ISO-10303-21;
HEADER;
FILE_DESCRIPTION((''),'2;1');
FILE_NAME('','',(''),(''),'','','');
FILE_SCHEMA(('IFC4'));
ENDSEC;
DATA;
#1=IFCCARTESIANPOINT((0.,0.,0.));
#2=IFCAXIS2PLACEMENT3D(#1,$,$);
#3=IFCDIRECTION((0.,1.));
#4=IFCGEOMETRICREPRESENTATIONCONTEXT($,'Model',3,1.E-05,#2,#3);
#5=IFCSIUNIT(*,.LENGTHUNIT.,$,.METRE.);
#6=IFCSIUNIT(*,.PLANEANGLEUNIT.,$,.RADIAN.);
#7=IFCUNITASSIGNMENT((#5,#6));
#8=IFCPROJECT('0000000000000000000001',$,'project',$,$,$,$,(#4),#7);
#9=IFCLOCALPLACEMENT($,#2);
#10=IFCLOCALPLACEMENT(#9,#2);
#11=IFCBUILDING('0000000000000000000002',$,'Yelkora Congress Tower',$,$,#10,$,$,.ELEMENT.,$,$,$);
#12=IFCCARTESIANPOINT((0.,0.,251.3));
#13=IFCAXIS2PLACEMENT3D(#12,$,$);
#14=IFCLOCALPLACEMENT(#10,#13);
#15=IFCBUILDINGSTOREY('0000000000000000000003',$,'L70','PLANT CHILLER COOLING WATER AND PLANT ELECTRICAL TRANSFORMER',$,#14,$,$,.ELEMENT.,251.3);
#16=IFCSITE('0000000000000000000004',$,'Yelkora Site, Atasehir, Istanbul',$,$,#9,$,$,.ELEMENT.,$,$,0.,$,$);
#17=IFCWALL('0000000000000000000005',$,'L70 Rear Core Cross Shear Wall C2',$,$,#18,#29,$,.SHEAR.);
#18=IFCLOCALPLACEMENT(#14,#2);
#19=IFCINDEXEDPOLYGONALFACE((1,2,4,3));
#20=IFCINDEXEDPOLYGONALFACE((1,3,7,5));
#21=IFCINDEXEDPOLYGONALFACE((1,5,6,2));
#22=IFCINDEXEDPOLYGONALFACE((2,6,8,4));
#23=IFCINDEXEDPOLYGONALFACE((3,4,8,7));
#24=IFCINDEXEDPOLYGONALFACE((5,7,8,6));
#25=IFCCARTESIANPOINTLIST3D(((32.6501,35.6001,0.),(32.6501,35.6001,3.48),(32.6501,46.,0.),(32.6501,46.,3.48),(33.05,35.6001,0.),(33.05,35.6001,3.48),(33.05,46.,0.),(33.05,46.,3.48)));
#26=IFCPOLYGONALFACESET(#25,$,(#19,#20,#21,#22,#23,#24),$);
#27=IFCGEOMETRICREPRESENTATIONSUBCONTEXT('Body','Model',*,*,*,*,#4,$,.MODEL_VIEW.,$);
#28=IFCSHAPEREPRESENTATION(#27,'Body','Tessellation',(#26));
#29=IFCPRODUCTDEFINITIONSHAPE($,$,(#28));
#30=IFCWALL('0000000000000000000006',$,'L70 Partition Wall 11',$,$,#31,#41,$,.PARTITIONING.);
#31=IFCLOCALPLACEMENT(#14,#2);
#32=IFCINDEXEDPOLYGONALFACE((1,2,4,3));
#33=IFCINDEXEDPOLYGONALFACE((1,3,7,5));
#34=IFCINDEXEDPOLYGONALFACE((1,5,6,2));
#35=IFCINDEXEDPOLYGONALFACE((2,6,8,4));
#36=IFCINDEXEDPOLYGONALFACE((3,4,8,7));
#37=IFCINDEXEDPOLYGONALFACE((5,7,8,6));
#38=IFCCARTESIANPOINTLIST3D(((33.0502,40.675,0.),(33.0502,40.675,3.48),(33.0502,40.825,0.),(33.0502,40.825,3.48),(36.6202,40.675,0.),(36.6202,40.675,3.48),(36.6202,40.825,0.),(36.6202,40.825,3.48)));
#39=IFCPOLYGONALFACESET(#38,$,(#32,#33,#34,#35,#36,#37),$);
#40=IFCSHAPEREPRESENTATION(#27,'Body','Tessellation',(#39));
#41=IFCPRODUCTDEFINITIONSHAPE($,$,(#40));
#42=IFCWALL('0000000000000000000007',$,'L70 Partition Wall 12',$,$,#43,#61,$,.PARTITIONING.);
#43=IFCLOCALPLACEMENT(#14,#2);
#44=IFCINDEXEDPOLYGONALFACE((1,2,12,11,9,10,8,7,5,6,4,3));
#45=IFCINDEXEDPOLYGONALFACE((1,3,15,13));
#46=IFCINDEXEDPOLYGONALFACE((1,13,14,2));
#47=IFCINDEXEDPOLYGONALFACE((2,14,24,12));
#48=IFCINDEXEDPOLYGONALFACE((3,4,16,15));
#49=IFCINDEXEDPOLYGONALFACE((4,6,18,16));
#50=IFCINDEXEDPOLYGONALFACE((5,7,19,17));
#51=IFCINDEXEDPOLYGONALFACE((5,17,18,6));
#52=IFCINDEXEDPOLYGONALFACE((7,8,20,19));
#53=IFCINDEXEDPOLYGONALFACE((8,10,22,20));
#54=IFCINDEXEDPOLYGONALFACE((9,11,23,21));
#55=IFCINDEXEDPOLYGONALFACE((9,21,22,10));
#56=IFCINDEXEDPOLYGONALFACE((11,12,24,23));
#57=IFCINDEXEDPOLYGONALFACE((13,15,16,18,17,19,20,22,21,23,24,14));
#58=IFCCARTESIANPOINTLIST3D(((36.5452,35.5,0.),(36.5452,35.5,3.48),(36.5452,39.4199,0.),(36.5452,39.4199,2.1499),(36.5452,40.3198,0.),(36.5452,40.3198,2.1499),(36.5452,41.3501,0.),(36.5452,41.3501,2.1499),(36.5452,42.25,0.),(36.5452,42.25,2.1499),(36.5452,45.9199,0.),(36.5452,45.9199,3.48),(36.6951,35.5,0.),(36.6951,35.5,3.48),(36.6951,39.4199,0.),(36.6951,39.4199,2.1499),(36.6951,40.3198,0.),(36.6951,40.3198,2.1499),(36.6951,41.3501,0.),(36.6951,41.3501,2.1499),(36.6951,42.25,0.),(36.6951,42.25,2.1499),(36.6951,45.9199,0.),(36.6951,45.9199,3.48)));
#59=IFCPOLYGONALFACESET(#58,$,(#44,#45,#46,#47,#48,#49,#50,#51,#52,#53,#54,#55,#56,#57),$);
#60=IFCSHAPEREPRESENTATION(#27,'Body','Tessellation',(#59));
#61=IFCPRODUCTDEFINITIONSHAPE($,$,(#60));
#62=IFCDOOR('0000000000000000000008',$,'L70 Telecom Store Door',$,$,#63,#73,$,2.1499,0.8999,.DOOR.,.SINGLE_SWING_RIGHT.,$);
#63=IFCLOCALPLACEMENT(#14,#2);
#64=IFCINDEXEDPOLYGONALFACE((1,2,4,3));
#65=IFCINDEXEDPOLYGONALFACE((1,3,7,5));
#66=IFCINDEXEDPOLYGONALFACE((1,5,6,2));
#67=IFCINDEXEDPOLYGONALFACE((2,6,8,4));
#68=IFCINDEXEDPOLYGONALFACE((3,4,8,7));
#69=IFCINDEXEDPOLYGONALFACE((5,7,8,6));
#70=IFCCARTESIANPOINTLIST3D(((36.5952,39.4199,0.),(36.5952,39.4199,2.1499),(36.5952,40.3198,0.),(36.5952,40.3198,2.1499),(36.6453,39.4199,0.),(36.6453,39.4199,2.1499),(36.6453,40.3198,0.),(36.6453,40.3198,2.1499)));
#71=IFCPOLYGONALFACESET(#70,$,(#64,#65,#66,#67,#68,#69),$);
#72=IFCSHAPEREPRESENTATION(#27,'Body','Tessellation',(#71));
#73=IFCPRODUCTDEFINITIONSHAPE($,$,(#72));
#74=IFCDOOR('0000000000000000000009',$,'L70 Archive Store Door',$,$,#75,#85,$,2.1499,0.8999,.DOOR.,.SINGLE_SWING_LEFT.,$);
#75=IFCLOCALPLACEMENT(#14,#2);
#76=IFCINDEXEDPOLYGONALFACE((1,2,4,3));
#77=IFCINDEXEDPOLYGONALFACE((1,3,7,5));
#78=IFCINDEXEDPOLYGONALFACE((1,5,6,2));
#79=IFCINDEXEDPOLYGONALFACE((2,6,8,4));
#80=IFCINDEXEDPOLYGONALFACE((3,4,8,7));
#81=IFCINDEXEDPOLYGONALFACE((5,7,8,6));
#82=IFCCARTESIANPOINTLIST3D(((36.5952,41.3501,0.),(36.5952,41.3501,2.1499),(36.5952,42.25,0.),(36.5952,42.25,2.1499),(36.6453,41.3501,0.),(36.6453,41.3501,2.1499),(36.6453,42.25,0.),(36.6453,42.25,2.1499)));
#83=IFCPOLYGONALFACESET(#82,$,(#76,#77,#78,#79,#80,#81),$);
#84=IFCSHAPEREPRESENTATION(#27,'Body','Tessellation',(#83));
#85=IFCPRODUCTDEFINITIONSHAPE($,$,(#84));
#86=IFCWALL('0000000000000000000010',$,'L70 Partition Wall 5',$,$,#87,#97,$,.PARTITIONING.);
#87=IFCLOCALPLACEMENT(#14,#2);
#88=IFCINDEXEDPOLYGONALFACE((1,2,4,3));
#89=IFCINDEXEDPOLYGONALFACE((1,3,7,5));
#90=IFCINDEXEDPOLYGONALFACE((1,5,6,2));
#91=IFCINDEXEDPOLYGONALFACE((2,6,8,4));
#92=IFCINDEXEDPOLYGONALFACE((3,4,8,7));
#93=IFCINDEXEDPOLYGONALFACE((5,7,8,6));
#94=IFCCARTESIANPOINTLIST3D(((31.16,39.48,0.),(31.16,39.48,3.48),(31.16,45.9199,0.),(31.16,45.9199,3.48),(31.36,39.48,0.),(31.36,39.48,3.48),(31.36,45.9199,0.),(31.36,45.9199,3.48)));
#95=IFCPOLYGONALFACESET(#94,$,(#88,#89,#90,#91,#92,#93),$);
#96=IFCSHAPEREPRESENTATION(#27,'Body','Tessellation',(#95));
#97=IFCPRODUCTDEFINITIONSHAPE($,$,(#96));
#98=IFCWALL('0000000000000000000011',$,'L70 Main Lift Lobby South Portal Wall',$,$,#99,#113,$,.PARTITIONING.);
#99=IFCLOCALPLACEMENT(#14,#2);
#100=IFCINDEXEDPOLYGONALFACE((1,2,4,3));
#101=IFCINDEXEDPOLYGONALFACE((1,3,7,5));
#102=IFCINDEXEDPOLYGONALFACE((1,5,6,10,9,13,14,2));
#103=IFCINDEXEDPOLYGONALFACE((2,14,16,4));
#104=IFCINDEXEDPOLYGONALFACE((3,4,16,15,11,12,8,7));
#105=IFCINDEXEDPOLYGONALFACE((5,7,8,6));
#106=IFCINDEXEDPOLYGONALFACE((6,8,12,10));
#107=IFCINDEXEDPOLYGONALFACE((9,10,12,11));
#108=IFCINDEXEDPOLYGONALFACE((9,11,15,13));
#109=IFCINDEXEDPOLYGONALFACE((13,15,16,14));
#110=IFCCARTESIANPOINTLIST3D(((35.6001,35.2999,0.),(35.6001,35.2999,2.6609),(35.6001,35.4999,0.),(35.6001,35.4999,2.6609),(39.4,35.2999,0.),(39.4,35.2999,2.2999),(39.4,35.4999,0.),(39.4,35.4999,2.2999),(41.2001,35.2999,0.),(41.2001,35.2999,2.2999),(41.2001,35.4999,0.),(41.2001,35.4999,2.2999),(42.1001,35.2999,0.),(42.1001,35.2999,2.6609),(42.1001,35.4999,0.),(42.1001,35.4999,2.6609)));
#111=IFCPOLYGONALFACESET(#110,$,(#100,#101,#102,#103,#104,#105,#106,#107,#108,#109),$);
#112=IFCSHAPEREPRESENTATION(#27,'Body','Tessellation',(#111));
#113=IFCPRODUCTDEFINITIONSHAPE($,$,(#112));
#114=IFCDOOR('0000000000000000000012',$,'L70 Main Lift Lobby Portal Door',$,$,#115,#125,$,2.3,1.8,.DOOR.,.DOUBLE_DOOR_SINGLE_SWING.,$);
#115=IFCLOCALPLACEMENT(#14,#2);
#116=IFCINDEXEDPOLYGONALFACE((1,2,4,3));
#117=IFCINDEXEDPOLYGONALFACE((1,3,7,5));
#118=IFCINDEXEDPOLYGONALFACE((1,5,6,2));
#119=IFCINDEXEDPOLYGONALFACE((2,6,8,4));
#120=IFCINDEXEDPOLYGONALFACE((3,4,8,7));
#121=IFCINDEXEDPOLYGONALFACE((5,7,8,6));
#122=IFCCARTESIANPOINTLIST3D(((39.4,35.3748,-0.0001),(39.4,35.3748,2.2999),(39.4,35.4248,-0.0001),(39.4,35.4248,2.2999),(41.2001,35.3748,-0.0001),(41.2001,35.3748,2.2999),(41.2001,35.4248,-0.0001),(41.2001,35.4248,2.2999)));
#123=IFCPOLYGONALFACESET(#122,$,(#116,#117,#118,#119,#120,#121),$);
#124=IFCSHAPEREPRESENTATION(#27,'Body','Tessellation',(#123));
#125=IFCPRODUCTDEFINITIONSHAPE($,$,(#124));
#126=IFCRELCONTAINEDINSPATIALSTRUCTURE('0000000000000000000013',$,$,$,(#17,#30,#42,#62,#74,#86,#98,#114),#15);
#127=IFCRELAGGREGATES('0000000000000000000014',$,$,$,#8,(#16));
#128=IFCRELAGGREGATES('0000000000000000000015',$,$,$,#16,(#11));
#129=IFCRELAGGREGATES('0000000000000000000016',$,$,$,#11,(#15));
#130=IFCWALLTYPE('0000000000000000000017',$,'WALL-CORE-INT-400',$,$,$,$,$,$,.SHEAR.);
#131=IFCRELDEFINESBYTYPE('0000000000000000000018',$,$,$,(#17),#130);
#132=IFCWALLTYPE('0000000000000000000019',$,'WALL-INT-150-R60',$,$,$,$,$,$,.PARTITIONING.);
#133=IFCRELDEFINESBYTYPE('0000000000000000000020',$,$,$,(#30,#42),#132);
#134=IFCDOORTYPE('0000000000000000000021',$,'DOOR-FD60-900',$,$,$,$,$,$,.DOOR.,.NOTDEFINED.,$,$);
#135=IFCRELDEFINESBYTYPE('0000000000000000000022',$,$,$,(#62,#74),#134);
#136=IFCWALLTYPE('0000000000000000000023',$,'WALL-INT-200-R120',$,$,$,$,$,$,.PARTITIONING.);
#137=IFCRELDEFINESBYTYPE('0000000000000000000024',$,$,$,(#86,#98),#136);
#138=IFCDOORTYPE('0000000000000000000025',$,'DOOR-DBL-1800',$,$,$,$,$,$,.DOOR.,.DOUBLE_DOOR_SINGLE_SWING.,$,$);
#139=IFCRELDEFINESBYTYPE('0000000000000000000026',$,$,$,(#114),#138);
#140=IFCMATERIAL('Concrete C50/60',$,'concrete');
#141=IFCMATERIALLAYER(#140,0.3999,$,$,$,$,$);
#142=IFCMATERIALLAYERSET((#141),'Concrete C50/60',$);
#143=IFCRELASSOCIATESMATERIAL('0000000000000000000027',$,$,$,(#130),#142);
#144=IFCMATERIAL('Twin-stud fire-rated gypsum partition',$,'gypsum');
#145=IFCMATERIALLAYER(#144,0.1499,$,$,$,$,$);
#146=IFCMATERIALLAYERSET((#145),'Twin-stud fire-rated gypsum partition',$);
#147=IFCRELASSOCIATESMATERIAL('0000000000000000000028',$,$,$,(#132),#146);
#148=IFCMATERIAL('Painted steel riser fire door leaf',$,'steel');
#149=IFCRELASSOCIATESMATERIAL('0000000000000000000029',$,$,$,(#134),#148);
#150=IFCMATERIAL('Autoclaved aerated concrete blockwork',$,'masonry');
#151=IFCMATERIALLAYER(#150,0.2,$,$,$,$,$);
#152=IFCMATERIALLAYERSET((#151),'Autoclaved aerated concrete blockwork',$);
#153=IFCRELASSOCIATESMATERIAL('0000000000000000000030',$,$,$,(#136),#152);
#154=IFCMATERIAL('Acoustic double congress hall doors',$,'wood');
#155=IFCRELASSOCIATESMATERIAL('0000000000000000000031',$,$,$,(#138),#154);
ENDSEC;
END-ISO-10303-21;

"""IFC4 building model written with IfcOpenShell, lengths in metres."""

from ifc_helpers import new_model, si_unit, direction, frame, frame_2d, origin, place, context, subcontext, project, spatial, rectangle, extrude, material, layer, layer_set, type_object, element, fill, save


model = new_model("IFC4")

# Units and contexts
model_context = context("Model", 3, precision=1e-05, world=origin(), true_north=direction((0.0, 1.0)))
body_context = subcontext(model_context, "Body", "Model", "MODEL_VIEW")
ifc_project = project(units=[si_unit("LENGTHUNIT", "METRE"), si_unit("PLANEANGLEUNIT", "RADIAN")], contexts=[model_context])

# Site, building, storey
site_placement = place(None, origin())
site = spatial("IfcSite", under=ifc_project, at=site_placement, Name="Yelkora Site, Atasehir, Istanbul", CompositionType="ELEMENT", RefElevation=0.0)
building_placement = place(site_placement, origin())
building = spatial("IfcBuilding", under=site, at=building_placement, Name="Yelkora Congress Tower", CompositionType="ELEMENT")
storey_placement = place(building_placement, frame((0.0, 0.0, 251.3)))
storey = spatial("IfcBuildingStorey", under=building, at=storey_placement, Name="L70", Description="PLANT CHILLER COOLING WATER AND PLANT ELECTRICAL TRANSFORMER", CompositionType="ELEMENT", Elevation=251.3)

# Walls
ifc_material_1 = material(Name="Concrete C50/60", Category="concrete")
ifc_layer_1 = layer(ifc_material_1, 0.3999)
ifc_layer_set_1 = layer_set([ifc_layer_1], Name="Concrete C50/60")
wall_type_1 = type_object("IfcWallType", Name="WALL-CORE-INT-400", PredefinedType="SHEAR", material=ifc_layer_set_1)
wall_1_placement = place(storey_placement, frame((32.8501, 35.6001, 0.0), z_axis=(0.0, 0.0, 1.0), x_axis=(0.0, 1.0, 0.0)))
element("IfcWall", 1, at=wall_1_placement, inside=storey, type_object=wall_type_1, Name="L70 Rear Core Cross Shear Wall C2", PredefinedType="SHEAR", context=body_context, shape_type="SweptSolid", body=[
    extrude(rectangle(XDim=10.3999, YDim=0.3999, at=frame_2d((5.2, 0.0))), origin(), (0.0, 0.0, 1.0), 3.48),
])
ifc_material_2 = material(Name="Twin-stud fire-rated gypsum partition", Category="gypsum")
ifc_layer_2 = layer(ifc_material_2, 0.1499)
ifc_layer_set_2 = layer_set([ifc_layer_2], Name="Twin-stud fire-rated gypsum partition")
wall_type_2 = type_object("IfcWallType", Name="WALL-INT-150-R60", PredefinedType="PARTITIONING", material=ifc_layer_set_2)
wall_2_placement = place(storey_placement, frame((33.05, 40.75, 0.0), z_axis=(0.0, 0.0, 1.0), x_axis=(1.0, 0.0, 0.0)))
element("IfcWall", 2, at=wall_2_placement, inside=storey, type_object=wall_type_2, Name="L70 Partition Wall 11", PredefinedType="PARTITIONING", context=body_context, shape_type="SweptSolid", body=[
    extrude(rectangle(XDim=3.5701, YDim=0.1499, at=frame_2d((1.7852, 0.0))), origin(), (0.0, 0.0, 1.0), 3.48),
])

# Wall, openings, doors
wall_3_placement = place(storey_placement, frame((36.6201, 35.5, 0.0), z_axis=(0.0, 0.0, 1.0), x_axis=(0.0, 1.0, 0.0)))
wall_3 = element("IfcWall", 3, at=wall_3_placement, inside=storey, type_object=wall_type_2, Name="L70 Partition Wall 12", PredefinedType="PARTITIONING", context=body_context, shape_type="SweptSolid", body=[
    extrude(rectangle(XDim=10.4199, YDim=0.1499, at=frame_2d((5.21, 0.0))), origin(), (0.0, 0.0, 1.0), 3.48),
])
opening_1_placement = place(wall_3_placement, frame((3.9199, 0.0, 0.0)))
opening_1 = element("IfcOpeningElement", 4, at=opening_1_placement, cuts=wall_3, PredefinedType="OPENING", context=body_context, shape_type="SweptSolid", body=[
    extrude(rectangle(XDim=0.8999, YDim=2.1499, at=frame_2d((0.45, 1.075))), frame((0.0, 0.085, 0.0), z_axis=(0.0, -1.0, 0.0), x_axis=(1.0, 0.0, 0.0)), (0.0, 0.0, 1.0), 0.1699),
])
opening_2_placement = place(wall_3_placement, frame((5.8501, 0.0, 0.0)))
opening_2 = element("IfcOpeningElement", 5, at=opening_2_placement, cuts=wall_3, PredefinedType="OPENING", context=body_context, shape_type="SweptSolid", body=[
    extrude(rectangle(XDim=0.8999, YDim=2.1499, at=frame_2d((0.45, 1.075))), frame((0.0, 0.085, 0.0), z_axis=(0.0, -1.0, 0.0), x_axis=(1.0, 0.0, 0.0)), (0.0, 0.0, 1.0), 0.1699),
])
ifc_material_3 = material(Name="Painted steel riser fire door leaf", Category="steel")
door_type_1 = type_object("IfcDoorType", Name="DOOR-FD60-900", OperationType="NOTDEFINED", PredefinedType="DOOR", material=ifc_material_3)
door_1_placement = place(opening_1_placement, origin())
door_1 = element("IfcDoor", 6, at=door_1_placement, inside=storey, type_object=door_type_1, Name="L70 Telecom Store Door", OperationType="SINGLE_SWING_RIGHT", OverallHeight=2.1499, OverallWidth=0.8999, PredefinedType="DOOR", context=body_context, shape_type="SweptSolid", body=[
    extrude(rectangle(XDim=0.8999, YDim=2.1499, at=frame_2d((0.45, 1.075))), frame((0.0, 0.0249, 0.0), z_axis=(0.0, -1.0, 0.0), x_axis=(1.0, 0.0, 0.0)), (0.0, 0.0, 1.0), 0.05),
])
fill(opening_1, door_1)
door_2_placement = place(opening_2_placement, origin())
door_2 = element("IfcDoor", 7, at=door_2_placement, inside=storey, type_object=door_type_1, Name="L70 Archive Store Door", OperationType="SINGLE_SWING_LEFT", OverallHeight=2.1499, OverallWidth=0.8999, PredefinedType="DOOR", context=body_context, shape_type="SweptSolid", body=[
    extrude(rectangle(XDim=0.8999, YDim=2.1499, at=frame_2d((0.45, 1.075))), frame((0.0, 0.0249, 0.0), z_axis=(0.0, -1.0, 0.0), x_axis=(1.0, 0.0, 0.0)), (0.0, 0.0, 1.0), 0.05),
])
fill(opening_2, door_2)

# Wall
ifc_material_4 = material(Name="Autoclaved aerated concrete blockwork", Category="masonry")
ifc_layer_3 = layer(ifc_material_4, 0.2)
ifc_layer_set_3 = layer_set([ifc_layer_3], Name="Autoclaved aerated concrete blockwork")
wall_type_3 = type_object("IfcWallType", Name="WALL-INT-200-R120", PredefinedType="PARTITIONING", material=ifc_layer_set_3)
wall_4_placement = place(storey_placement, frame((31.26, 39.48, 0.0), z_axis=(0.0, 0.0, 1.0), x_axis=(0.0, 1.0, 0.0)))
element("IfcWall", 8, at=wall_4_placement, inside=storey, type_object=wall_type_3, Name="L70 Partition Wall 5", PredefinedType="PARTITIONING", context=body_context, shape_type="SweptSolid", body=[
    extrude(rectangle(XDim=6.4399, YDim=0.2, at=frame_2d((3.22, 0.0))), origin(), (0.0, 0.0, 1.0), 3.48),
])

# Wall, opening, door
wall_5_placement = place(storey_placement, frame((35.6001, 35.3999, 0.0), z_axis=(0.0, 0.0, 1.0), x_axis=(1.0, 0.0, 0.0)))
wall_5 = element("IfcWall", 9, at=wall_5_placement, inside=storey, type_object=wall_type_3, Name="L70 Main Lift Lobby South Portal Wall", PredefinedType="PARTITIONING", context=body_context, shape_type="SweptSolid", body=[
    extrude(rectangle(XDim=6.5, YDim=0.2, at=frame_2d((3.25, 0.0))), origin(), (0.0, 0.0, 1.0), 2.6609),
])
opening_3_placement = place(wall_5_placement, frame((3.8, 0.0, 0.0)))
opening_3 = element("IfcOpeningElement", 10, at=opening_3_placement, cuts=wall_5, PredefinedType="OPENING", context=body_context, shape_type="SweptSolid", body=[
    extrude(rectangle(XDim=1.8, YDim=2.3, at=frame_2d((0.8999, 1.1499))), frame((0.0, 0.1099, 0.0), z_axis=(0.0, -1.0, 0.0), x_axis=(1.0, 0.0, 0.0)), (0.0, 0.0, 1.0), 0.22),
])
ifc_material_5 = material(Name="Acoustic double congress hall doors", Category="wood")
door_type_2 = type_object("IfcDoorType", Name="DOOR-DBL-1800", OperationType="DOUBLE_DOOR_SINGLE_SWING", PredefinedType="DOOR", material=ifc_material_5)
door_3_placement = place(opening_3_placement, origin())
door_3 = element("IfcDoor", 11, at=door_3_placement, inside=storey, type_object=door_type_2, Name="L70 Main Lift Lobby Portal Door", OperationType="DOUBLE_DOOR_SINGLE_SWING", OverallHeight=2.3, OverallWidth=1.8, PredefinedType="DOOR", context=body_context, shape_type="SweptSolid", body=[
    extrude(rectangle(XDim=1.8, YDim=2.3, at=frame_2d((0.8999, 1.1499))), frame((0.0, 0.0249, 0.0), z_axis=(0.0, -1.0, 0.0), x_axis=(1.0, 0.0, 0.0)), (0.0, 0.0, 1.0), 0.05),
])
fill(opening_3, door_3)

save(model, "model.ifc")
